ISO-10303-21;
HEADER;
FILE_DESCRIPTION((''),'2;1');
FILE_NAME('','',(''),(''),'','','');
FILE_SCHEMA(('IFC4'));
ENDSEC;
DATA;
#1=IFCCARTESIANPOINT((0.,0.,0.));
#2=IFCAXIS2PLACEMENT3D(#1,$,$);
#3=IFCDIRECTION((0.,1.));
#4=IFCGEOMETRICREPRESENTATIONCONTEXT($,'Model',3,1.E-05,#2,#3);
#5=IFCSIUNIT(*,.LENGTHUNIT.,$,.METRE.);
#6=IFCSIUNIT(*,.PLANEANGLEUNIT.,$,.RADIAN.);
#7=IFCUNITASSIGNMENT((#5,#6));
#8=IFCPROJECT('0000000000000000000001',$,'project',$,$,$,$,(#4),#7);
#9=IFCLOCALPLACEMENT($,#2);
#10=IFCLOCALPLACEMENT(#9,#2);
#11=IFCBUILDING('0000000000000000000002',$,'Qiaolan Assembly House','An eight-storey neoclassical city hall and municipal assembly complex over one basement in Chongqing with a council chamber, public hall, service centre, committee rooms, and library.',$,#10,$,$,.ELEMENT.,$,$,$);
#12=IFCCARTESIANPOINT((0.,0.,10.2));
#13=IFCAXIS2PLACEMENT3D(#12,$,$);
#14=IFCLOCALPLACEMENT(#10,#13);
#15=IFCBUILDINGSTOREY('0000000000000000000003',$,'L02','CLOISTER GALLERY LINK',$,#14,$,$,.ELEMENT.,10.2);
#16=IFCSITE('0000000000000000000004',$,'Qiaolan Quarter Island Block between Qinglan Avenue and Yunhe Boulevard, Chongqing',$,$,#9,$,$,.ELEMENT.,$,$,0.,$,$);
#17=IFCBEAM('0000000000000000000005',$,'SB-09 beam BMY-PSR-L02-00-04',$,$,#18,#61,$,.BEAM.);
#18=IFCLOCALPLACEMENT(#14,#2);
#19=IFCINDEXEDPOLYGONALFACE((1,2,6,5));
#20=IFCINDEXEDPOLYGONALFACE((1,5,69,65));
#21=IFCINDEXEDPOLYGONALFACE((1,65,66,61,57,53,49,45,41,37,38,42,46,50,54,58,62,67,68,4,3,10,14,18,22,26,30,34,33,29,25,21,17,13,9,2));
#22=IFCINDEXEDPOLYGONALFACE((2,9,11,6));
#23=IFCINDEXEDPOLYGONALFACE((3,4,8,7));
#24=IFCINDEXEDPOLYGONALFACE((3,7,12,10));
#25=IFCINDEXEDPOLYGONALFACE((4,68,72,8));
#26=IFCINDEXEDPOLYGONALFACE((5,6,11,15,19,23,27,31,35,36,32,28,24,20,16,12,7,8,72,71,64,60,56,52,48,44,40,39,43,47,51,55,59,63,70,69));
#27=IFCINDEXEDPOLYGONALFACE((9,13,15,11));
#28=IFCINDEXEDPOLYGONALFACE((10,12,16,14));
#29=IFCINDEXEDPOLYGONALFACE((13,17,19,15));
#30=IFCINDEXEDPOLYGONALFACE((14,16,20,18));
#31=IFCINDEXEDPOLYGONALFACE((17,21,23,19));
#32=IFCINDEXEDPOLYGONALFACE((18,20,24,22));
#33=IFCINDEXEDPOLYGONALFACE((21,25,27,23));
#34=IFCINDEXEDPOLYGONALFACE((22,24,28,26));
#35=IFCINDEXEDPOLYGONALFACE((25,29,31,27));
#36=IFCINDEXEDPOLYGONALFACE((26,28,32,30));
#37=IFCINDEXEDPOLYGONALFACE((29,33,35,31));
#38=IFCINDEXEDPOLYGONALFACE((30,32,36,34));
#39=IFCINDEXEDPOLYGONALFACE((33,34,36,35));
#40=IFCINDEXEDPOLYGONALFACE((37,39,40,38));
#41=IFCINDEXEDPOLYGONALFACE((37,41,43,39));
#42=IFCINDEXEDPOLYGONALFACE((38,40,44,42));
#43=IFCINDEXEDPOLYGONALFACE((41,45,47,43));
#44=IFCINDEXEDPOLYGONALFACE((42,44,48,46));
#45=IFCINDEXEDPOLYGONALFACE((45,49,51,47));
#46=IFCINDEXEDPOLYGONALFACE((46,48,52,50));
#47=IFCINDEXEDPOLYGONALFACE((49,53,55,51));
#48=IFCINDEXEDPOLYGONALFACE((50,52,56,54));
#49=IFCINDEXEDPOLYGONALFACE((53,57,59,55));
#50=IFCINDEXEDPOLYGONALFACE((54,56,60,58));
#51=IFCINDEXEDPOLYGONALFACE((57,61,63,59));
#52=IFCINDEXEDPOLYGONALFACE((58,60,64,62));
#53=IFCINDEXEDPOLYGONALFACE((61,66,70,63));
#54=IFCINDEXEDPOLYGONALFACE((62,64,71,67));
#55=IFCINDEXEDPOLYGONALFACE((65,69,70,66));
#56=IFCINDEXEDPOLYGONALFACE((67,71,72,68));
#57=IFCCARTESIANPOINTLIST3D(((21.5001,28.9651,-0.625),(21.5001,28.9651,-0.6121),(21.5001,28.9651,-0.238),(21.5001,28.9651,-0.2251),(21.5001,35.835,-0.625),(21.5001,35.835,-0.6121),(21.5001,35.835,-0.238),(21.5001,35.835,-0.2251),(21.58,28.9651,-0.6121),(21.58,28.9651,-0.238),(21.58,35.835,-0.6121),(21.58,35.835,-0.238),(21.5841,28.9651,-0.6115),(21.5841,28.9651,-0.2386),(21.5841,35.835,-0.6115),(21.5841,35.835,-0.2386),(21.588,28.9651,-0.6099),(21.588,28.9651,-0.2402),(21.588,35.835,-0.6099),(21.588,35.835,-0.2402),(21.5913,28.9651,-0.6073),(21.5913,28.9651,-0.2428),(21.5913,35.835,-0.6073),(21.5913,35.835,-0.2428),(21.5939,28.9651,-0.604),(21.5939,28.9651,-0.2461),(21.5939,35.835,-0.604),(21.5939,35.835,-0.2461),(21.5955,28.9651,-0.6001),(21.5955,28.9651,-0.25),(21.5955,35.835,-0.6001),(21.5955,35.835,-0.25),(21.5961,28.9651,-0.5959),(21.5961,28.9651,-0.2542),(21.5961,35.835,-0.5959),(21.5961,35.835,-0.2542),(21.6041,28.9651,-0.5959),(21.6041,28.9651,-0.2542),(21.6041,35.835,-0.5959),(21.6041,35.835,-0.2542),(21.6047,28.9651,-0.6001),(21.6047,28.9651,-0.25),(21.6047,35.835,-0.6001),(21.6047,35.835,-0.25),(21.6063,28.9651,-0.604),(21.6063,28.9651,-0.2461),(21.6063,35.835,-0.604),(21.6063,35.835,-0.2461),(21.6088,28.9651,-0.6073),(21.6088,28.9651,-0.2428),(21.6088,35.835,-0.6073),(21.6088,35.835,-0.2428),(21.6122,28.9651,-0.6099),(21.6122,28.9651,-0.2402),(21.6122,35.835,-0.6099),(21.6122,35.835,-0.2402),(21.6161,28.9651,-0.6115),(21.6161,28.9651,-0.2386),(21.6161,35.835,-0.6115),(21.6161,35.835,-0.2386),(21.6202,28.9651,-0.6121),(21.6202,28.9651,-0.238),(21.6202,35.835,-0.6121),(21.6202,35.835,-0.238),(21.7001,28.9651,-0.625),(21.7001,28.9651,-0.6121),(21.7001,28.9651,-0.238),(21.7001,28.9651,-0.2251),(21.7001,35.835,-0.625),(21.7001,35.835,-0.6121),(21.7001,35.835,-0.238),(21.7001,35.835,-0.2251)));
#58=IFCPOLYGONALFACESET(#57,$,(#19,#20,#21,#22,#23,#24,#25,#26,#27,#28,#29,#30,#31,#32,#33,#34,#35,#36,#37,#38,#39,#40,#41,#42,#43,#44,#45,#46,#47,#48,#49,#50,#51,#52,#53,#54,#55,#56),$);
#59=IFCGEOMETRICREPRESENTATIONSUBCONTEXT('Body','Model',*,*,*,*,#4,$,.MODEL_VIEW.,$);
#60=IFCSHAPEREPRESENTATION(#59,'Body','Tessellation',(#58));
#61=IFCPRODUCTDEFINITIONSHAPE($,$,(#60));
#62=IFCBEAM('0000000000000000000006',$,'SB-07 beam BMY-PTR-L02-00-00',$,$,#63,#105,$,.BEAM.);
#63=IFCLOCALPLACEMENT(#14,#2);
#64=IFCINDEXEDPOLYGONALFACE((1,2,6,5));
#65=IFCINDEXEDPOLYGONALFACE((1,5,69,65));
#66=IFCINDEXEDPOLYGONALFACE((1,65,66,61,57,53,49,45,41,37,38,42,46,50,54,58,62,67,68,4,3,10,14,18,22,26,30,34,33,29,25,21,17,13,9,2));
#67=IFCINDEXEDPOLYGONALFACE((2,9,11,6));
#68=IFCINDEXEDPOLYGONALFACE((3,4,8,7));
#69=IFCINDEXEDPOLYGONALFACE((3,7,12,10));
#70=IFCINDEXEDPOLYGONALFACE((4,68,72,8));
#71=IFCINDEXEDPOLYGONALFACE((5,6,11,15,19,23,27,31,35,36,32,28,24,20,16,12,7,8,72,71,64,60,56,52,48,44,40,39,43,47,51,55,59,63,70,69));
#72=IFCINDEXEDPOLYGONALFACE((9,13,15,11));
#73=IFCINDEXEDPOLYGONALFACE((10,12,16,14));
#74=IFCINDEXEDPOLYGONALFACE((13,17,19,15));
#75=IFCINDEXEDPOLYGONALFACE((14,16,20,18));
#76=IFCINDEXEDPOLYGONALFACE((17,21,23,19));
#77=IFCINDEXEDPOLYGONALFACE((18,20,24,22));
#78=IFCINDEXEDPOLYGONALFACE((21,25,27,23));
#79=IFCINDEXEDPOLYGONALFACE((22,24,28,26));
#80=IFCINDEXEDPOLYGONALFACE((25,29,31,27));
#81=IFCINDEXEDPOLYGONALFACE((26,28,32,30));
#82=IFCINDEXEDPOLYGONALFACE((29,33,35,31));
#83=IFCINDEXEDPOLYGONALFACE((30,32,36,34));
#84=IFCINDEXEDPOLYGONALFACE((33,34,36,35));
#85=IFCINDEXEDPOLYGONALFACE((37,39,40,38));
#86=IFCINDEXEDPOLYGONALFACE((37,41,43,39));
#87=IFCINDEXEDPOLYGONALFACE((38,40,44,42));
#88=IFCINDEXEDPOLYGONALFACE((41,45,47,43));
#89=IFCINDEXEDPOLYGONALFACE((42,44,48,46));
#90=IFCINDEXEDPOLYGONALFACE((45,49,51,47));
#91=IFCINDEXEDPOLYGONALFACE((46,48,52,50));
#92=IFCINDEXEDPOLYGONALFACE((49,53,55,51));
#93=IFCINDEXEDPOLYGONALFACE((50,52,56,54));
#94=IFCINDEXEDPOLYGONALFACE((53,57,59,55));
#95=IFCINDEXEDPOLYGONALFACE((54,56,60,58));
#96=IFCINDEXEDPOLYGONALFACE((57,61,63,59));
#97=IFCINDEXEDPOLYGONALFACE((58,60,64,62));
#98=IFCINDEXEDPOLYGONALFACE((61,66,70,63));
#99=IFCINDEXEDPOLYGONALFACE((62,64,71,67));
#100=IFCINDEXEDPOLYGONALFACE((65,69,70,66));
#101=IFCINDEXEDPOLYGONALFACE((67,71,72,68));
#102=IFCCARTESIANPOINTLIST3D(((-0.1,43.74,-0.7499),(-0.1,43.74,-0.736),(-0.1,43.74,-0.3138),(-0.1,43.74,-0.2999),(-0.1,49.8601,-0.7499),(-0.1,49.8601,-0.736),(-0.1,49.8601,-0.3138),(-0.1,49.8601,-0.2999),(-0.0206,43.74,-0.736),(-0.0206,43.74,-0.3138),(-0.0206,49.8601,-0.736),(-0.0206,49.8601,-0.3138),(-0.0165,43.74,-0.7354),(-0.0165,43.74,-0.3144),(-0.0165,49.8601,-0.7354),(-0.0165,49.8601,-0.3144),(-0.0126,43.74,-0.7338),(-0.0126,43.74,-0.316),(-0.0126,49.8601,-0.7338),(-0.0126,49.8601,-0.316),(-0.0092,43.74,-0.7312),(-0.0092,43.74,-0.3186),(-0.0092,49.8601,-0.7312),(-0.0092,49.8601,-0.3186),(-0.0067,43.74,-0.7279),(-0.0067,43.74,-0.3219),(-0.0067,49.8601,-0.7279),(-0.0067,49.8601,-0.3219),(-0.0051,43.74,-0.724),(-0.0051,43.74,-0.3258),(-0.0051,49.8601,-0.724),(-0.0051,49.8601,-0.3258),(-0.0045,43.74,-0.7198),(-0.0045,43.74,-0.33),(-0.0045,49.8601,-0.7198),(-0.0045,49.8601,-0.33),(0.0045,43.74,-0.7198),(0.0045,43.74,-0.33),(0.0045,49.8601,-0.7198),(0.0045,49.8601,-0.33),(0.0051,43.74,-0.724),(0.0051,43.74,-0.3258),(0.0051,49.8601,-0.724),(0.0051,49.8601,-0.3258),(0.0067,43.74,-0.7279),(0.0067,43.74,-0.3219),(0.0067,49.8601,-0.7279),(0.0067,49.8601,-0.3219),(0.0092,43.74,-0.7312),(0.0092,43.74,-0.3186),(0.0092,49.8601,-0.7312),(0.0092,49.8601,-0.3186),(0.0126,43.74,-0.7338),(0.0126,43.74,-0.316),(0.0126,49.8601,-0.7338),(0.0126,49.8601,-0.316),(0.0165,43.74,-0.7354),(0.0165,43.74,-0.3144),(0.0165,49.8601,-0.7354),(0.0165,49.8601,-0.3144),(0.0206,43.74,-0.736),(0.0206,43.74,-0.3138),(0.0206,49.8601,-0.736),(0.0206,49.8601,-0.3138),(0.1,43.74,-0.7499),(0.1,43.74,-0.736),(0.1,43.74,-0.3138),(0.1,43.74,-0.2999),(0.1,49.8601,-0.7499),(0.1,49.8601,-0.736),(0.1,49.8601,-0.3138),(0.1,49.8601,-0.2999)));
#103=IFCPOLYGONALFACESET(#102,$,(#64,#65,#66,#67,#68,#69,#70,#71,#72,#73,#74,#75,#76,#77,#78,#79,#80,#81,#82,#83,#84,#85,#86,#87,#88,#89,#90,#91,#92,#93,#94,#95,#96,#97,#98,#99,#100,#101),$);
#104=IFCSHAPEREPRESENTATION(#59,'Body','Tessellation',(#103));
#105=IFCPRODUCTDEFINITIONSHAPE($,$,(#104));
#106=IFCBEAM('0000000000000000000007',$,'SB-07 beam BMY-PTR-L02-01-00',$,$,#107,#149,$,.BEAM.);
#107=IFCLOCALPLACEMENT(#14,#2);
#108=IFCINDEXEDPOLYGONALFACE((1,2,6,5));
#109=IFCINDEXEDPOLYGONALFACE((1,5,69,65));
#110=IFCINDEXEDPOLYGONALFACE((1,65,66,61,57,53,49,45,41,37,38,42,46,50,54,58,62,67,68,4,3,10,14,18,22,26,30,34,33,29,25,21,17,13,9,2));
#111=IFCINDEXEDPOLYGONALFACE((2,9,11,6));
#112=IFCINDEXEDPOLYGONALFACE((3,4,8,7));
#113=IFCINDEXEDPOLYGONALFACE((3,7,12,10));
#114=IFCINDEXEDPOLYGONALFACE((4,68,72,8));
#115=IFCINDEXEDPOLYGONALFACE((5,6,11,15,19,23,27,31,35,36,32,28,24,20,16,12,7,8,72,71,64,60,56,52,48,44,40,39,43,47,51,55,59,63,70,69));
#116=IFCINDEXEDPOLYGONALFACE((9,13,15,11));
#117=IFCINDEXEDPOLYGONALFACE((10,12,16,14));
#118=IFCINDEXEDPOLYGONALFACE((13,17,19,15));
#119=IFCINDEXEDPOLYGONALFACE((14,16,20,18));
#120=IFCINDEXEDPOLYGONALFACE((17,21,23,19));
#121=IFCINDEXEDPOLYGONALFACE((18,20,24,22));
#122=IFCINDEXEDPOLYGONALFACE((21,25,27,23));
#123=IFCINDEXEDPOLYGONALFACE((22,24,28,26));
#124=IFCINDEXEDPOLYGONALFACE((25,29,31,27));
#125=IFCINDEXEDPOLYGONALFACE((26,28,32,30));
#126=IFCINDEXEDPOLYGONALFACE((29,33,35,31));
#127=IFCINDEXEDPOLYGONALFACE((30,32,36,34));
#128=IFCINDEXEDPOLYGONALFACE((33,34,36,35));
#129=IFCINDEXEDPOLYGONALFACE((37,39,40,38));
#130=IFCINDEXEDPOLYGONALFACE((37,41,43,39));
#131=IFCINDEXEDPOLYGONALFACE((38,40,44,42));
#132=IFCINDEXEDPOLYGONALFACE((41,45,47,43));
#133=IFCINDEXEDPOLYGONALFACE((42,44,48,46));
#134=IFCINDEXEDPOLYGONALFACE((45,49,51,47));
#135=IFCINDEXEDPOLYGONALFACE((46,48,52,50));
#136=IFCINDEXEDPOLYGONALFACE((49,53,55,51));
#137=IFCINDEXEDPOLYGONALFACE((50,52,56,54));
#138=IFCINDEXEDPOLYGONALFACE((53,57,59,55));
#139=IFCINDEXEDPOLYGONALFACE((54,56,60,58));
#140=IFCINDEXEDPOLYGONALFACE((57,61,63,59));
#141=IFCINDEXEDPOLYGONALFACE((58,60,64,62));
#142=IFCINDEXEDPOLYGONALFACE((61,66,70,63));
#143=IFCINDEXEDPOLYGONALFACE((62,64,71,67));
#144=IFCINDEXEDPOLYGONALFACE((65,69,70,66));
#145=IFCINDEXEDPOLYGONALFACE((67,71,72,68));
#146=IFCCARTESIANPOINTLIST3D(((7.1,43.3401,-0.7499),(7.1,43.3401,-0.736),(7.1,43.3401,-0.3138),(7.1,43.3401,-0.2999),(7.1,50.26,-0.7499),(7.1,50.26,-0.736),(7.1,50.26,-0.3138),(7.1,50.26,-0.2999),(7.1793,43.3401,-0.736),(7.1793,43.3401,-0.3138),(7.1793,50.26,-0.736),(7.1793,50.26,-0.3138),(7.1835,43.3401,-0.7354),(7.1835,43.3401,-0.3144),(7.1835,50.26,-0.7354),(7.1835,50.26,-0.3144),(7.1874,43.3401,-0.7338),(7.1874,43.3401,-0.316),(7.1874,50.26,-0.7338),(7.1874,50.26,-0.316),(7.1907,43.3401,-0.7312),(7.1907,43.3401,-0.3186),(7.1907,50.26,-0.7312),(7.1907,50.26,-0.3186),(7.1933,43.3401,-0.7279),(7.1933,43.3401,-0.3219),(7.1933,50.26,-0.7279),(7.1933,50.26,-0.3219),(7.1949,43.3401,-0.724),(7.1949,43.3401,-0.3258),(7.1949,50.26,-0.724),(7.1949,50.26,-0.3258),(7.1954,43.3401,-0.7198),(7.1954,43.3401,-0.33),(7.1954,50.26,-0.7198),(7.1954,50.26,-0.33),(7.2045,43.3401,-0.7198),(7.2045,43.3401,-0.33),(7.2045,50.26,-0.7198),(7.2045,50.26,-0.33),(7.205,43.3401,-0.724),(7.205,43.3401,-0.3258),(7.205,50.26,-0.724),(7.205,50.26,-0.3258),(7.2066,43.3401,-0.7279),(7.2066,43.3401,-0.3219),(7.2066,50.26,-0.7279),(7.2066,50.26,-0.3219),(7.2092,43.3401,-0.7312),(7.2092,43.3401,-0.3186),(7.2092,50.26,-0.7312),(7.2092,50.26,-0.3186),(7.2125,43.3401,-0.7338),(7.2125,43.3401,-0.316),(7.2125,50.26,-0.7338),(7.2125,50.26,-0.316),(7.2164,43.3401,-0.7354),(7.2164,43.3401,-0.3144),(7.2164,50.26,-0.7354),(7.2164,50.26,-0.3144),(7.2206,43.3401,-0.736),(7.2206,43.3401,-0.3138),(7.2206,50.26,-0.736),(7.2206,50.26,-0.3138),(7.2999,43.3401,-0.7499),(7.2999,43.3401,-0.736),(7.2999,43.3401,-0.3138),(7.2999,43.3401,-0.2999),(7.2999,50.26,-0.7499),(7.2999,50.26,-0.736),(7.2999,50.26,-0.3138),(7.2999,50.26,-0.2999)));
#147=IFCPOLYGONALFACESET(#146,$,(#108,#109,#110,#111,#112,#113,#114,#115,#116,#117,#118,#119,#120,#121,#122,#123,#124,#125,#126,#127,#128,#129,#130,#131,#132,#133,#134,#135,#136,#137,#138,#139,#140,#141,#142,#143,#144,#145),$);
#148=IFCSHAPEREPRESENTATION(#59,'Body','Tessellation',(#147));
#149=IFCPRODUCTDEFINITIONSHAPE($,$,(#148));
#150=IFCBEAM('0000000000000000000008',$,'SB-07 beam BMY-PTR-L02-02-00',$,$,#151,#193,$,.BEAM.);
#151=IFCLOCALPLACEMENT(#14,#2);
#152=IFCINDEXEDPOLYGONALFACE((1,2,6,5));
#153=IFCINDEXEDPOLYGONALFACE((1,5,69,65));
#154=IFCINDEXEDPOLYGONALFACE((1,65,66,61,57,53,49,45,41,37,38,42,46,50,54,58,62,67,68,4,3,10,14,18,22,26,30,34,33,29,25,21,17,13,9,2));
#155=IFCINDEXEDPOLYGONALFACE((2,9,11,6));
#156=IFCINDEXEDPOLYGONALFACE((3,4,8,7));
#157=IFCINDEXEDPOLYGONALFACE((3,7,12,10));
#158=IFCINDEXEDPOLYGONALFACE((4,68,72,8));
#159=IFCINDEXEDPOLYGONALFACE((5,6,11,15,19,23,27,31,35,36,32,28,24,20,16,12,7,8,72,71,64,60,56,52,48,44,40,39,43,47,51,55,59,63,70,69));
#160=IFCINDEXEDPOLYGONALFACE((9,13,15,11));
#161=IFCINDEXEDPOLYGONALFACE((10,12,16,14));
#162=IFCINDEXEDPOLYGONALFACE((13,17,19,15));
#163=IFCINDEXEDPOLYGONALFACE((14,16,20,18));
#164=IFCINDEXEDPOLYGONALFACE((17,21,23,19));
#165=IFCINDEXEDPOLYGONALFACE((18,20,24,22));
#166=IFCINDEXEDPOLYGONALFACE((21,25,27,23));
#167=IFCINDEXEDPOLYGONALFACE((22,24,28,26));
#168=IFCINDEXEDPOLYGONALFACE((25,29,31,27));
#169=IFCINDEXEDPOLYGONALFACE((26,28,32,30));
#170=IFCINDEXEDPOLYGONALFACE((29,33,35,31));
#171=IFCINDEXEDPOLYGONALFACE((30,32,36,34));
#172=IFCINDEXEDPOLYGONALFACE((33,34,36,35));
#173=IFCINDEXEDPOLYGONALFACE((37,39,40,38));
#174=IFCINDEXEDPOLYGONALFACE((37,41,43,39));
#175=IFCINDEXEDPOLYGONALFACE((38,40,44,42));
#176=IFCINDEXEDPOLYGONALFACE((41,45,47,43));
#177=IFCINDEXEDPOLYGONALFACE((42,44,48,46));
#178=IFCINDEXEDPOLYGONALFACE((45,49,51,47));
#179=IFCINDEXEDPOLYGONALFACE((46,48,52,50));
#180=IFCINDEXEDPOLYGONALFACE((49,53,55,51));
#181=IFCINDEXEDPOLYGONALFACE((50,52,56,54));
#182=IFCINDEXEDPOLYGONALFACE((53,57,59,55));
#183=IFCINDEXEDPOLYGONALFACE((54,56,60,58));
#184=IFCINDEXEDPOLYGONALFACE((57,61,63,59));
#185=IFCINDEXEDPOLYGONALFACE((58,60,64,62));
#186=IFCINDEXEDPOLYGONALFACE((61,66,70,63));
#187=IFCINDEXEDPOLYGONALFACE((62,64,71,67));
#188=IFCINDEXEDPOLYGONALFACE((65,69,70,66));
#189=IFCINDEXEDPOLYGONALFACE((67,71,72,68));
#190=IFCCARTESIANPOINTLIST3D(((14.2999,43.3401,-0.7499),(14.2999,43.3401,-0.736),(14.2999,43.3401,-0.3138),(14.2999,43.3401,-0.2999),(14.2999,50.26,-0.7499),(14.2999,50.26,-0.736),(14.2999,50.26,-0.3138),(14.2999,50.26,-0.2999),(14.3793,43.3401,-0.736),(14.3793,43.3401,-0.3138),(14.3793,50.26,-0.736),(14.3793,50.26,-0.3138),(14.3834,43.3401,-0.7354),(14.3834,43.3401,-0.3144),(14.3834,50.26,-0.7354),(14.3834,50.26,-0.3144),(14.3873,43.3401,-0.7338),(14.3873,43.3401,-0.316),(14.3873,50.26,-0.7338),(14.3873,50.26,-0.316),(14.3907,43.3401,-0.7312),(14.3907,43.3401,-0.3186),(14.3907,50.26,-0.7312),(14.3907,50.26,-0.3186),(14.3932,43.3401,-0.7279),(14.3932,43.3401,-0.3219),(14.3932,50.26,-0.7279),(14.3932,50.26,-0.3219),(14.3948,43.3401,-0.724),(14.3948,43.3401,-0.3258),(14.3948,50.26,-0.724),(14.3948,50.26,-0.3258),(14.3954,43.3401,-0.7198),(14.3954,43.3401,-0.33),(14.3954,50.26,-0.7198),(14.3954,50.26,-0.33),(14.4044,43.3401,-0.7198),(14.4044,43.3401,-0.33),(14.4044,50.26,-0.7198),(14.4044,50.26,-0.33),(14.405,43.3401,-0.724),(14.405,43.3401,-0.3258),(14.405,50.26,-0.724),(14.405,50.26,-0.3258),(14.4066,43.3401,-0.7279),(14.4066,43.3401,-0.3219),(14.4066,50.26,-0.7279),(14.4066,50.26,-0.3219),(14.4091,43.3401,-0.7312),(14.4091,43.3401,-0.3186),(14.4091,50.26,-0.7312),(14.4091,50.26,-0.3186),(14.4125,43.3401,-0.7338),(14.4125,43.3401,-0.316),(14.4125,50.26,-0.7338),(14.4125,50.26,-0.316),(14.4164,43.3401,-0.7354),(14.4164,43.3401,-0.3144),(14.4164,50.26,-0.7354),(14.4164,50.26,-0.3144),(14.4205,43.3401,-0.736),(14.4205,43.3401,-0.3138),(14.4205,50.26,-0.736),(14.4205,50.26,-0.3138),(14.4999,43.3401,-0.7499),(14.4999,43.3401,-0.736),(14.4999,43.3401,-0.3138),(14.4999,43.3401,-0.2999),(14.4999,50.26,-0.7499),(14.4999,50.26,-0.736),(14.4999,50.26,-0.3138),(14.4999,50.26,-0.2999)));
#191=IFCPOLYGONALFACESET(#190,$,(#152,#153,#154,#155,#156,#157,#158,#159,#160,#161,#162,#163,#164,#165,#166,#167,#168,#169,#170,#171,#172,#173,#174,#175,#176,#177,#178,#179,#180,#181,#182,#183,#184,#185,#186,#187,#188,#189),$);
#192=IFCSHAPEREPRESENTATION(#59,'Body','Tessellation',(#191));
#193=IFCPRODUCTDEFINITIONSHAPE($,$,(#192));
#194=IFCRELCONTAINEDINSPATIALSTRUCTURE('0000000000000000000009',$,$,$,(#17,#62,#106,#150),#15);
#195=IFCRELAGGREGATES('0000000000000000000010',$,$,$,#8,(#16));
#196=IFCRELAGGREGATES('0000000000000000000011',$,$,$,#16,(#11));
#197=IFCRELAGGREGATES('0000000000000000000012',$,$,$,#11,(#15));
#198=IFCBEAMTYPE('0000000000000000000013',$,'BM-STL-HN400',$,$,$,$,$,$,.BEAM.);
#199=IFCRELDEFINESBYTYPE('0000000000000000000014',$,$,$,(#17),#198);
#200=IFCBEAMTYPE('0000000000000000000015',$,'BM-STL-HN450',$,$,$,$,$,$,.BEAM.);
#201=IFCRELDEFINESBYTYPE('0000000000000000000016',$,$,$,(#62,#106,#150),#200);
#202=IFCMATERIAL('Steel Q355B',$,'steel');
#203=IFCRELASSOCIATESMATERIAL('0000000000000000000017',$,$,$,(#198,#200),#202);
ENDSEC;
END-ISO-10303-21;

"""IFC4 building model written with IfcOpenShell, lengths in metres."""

from ifc_helpers import new_model, si_unit, direction, frame, origin, origin_2d, place, context, subcontext, project, spatial, i_section, extrude, material, material_profile, profile_set, type_object, element, save


model = new_model("IFC4")

# Units and contexts
model_context = context("Model", 3, precision=1e-05, world=origin(), true_north=direction((0.0, 1.0)))
body_context = subcontext(model_context, "Body", "Model", "MODEL_VIEW")
ifc_project = project(units=[si_unit("LENGTHUNIT", "METRE"), si_unit("PLANEANGLEUNIT", "RADIAN")], contexts=[model_context])

# Site, building, storey
site_placement = place(None, origin())
site = spatial("IfcSite", under=ifc_project, at=site_placement, Name="Qiaolan Quarter Island Block between Qinglan Avenue and Yunhe Boulevard, Chongqing", CompositionType="ELEMENT", RefElevation=0.0)
building_placement = place(site_placement, origin())
building = spatial("IfcBuilding", under=site, at=building_placement, Name="Qiaolan Assembly House", Description="An eight-storey neoclassical city hall and municipal assembly complex over one basement in Chongqing with a council chamber, public hall, service centre, committee rooms, and library.", CompositionType="ELEMENT")
storey_placement = place(building_placement, frame((0.0, 0.0, 10.2)))
storey = spatial("IfcBuildingStorey", under=building, at=storey_placement, Name="L02", Description="CLOISTER GALLERY LINK", CompositionType="ELEMENT", Elevation=10.2)

# Shared definitions
ifc_material_1 = material(Name="Steel Q355B", Category="steel")

# Beams
ifc_material_profile_1 = material_profile(ifc_material_1, i_section(OverallWidth=0.2, OverallDepth=0.3999, WebThickness=0.0081, FlangeThickness=0.0129, FilletRadius=0.0161, at=origin_2d()), Name="HN 400x200x8x13")
ifc_profile_set_1 = profile_set([ifc_material_profile_1], Name="Steel Q355B")
beam_type_1 = type_object("IfcBeamType", Name="BM-STL-HN400", PredefinedType="BEAM", material=ifc_profile_set_1)
beam_1_placement = place(storey_placement, frame((21.6001, 28.9651, -0.425), z_axis=(0.0, 1.0, 0.0), x_axis=(-1.0, 0.0, 0.0)))
element("IfcBeam", 1, at=beam_1_placement, inside=storey, type_object=beam_type_1, Name="SB-09 beam BMY-PSR-L02-00-04", PredefinedType="BEAM", context=body_context, shape_type="SweptSolid", body=[
    extrude(i_section(OverallWidth=0.2, OverallDepth=0.3999, WebThickness=0.0081, FlangeThickness=0.0129, FilletRadius=0.0161, at=origin_2d()), origin(), (0.0, 0.0, 1.0), 6.8699),
])
ifc_material_profile_2 = material_profile(ifc_material_1, i_section(OverallWidth=0.2, OverallDepth=0.45, WebThickness=0.009, FlangeThickness=0.0139, FilletRadius=0.0161, at=origin_2d()), Name="HN 450x200x9x14")
ifc_profile_set_2 = profile_set([ifc_material_profile_2], Name="Steel Q355B")
beam_type_2 = type_object("IfcBeamType", Name="BM-STL-HN450", PredefinedType="BEAM", material=ifc_profile_set_2)
beam_2_placement = place(storey_placement, frame((0.0, 43.74, -0.5249), z_axis=(0.0, 1.0, 0.0), x_axis=(-1.0, 0.0, 0.0)))
element("IfcBeam", 2, at=beam_2_placement, inside=storey, type_object=beam_type_2, Name="SB-07 beam BMY-PTR-L02-00-00", PredefinedType="BEAM", context=body_context, shape_type="SweptSolid", body=[
    extrude(i_section(OverallWidth=0.2, OverallDepth=0.45, WebThickness=0.009, FlangeThickness=0.0139, FilletRadius=0.0161, at=origin_2d()), origin(), (0.0, 0.0, 1.0), 6.1201),
])
for number, where, z_axis, x_axis, name in (
    (3, (7.2, 43.3401, -0.5249), (0.0, 1.0, 0.0), (-1.0, 0.0, 0.0), "SB-07 beam BMY-PTR-L02-01-00"),
    (4, (14.3999, 43.3401, -0.5249), (0.0, 1.0, 0.0), (-1.0, 0.0, 0.0), "SB-07 beam BMY-PTR-L02-02-00"),
):
    element("IfcBeam", number, at=place(storey_placement, frame(where, z_axis=z_axis, x_axis=x_axis)), inside=storey, type_object=beam_type_2, Name=name, PredefinedType="BEAM", context=body_context, shape_type="SweptSolid", body=[
        extrude(i_section(OverallWidth=0.2, OverallDepth=0.45, WebThickness=0.009, FlangeThickness=0.0139, FilletRadius=0.0161, at=origin_2d()), origin(), (0.0, 0.0, 1.0), 6.9199),
    ])

save(model, "model.ifc")
